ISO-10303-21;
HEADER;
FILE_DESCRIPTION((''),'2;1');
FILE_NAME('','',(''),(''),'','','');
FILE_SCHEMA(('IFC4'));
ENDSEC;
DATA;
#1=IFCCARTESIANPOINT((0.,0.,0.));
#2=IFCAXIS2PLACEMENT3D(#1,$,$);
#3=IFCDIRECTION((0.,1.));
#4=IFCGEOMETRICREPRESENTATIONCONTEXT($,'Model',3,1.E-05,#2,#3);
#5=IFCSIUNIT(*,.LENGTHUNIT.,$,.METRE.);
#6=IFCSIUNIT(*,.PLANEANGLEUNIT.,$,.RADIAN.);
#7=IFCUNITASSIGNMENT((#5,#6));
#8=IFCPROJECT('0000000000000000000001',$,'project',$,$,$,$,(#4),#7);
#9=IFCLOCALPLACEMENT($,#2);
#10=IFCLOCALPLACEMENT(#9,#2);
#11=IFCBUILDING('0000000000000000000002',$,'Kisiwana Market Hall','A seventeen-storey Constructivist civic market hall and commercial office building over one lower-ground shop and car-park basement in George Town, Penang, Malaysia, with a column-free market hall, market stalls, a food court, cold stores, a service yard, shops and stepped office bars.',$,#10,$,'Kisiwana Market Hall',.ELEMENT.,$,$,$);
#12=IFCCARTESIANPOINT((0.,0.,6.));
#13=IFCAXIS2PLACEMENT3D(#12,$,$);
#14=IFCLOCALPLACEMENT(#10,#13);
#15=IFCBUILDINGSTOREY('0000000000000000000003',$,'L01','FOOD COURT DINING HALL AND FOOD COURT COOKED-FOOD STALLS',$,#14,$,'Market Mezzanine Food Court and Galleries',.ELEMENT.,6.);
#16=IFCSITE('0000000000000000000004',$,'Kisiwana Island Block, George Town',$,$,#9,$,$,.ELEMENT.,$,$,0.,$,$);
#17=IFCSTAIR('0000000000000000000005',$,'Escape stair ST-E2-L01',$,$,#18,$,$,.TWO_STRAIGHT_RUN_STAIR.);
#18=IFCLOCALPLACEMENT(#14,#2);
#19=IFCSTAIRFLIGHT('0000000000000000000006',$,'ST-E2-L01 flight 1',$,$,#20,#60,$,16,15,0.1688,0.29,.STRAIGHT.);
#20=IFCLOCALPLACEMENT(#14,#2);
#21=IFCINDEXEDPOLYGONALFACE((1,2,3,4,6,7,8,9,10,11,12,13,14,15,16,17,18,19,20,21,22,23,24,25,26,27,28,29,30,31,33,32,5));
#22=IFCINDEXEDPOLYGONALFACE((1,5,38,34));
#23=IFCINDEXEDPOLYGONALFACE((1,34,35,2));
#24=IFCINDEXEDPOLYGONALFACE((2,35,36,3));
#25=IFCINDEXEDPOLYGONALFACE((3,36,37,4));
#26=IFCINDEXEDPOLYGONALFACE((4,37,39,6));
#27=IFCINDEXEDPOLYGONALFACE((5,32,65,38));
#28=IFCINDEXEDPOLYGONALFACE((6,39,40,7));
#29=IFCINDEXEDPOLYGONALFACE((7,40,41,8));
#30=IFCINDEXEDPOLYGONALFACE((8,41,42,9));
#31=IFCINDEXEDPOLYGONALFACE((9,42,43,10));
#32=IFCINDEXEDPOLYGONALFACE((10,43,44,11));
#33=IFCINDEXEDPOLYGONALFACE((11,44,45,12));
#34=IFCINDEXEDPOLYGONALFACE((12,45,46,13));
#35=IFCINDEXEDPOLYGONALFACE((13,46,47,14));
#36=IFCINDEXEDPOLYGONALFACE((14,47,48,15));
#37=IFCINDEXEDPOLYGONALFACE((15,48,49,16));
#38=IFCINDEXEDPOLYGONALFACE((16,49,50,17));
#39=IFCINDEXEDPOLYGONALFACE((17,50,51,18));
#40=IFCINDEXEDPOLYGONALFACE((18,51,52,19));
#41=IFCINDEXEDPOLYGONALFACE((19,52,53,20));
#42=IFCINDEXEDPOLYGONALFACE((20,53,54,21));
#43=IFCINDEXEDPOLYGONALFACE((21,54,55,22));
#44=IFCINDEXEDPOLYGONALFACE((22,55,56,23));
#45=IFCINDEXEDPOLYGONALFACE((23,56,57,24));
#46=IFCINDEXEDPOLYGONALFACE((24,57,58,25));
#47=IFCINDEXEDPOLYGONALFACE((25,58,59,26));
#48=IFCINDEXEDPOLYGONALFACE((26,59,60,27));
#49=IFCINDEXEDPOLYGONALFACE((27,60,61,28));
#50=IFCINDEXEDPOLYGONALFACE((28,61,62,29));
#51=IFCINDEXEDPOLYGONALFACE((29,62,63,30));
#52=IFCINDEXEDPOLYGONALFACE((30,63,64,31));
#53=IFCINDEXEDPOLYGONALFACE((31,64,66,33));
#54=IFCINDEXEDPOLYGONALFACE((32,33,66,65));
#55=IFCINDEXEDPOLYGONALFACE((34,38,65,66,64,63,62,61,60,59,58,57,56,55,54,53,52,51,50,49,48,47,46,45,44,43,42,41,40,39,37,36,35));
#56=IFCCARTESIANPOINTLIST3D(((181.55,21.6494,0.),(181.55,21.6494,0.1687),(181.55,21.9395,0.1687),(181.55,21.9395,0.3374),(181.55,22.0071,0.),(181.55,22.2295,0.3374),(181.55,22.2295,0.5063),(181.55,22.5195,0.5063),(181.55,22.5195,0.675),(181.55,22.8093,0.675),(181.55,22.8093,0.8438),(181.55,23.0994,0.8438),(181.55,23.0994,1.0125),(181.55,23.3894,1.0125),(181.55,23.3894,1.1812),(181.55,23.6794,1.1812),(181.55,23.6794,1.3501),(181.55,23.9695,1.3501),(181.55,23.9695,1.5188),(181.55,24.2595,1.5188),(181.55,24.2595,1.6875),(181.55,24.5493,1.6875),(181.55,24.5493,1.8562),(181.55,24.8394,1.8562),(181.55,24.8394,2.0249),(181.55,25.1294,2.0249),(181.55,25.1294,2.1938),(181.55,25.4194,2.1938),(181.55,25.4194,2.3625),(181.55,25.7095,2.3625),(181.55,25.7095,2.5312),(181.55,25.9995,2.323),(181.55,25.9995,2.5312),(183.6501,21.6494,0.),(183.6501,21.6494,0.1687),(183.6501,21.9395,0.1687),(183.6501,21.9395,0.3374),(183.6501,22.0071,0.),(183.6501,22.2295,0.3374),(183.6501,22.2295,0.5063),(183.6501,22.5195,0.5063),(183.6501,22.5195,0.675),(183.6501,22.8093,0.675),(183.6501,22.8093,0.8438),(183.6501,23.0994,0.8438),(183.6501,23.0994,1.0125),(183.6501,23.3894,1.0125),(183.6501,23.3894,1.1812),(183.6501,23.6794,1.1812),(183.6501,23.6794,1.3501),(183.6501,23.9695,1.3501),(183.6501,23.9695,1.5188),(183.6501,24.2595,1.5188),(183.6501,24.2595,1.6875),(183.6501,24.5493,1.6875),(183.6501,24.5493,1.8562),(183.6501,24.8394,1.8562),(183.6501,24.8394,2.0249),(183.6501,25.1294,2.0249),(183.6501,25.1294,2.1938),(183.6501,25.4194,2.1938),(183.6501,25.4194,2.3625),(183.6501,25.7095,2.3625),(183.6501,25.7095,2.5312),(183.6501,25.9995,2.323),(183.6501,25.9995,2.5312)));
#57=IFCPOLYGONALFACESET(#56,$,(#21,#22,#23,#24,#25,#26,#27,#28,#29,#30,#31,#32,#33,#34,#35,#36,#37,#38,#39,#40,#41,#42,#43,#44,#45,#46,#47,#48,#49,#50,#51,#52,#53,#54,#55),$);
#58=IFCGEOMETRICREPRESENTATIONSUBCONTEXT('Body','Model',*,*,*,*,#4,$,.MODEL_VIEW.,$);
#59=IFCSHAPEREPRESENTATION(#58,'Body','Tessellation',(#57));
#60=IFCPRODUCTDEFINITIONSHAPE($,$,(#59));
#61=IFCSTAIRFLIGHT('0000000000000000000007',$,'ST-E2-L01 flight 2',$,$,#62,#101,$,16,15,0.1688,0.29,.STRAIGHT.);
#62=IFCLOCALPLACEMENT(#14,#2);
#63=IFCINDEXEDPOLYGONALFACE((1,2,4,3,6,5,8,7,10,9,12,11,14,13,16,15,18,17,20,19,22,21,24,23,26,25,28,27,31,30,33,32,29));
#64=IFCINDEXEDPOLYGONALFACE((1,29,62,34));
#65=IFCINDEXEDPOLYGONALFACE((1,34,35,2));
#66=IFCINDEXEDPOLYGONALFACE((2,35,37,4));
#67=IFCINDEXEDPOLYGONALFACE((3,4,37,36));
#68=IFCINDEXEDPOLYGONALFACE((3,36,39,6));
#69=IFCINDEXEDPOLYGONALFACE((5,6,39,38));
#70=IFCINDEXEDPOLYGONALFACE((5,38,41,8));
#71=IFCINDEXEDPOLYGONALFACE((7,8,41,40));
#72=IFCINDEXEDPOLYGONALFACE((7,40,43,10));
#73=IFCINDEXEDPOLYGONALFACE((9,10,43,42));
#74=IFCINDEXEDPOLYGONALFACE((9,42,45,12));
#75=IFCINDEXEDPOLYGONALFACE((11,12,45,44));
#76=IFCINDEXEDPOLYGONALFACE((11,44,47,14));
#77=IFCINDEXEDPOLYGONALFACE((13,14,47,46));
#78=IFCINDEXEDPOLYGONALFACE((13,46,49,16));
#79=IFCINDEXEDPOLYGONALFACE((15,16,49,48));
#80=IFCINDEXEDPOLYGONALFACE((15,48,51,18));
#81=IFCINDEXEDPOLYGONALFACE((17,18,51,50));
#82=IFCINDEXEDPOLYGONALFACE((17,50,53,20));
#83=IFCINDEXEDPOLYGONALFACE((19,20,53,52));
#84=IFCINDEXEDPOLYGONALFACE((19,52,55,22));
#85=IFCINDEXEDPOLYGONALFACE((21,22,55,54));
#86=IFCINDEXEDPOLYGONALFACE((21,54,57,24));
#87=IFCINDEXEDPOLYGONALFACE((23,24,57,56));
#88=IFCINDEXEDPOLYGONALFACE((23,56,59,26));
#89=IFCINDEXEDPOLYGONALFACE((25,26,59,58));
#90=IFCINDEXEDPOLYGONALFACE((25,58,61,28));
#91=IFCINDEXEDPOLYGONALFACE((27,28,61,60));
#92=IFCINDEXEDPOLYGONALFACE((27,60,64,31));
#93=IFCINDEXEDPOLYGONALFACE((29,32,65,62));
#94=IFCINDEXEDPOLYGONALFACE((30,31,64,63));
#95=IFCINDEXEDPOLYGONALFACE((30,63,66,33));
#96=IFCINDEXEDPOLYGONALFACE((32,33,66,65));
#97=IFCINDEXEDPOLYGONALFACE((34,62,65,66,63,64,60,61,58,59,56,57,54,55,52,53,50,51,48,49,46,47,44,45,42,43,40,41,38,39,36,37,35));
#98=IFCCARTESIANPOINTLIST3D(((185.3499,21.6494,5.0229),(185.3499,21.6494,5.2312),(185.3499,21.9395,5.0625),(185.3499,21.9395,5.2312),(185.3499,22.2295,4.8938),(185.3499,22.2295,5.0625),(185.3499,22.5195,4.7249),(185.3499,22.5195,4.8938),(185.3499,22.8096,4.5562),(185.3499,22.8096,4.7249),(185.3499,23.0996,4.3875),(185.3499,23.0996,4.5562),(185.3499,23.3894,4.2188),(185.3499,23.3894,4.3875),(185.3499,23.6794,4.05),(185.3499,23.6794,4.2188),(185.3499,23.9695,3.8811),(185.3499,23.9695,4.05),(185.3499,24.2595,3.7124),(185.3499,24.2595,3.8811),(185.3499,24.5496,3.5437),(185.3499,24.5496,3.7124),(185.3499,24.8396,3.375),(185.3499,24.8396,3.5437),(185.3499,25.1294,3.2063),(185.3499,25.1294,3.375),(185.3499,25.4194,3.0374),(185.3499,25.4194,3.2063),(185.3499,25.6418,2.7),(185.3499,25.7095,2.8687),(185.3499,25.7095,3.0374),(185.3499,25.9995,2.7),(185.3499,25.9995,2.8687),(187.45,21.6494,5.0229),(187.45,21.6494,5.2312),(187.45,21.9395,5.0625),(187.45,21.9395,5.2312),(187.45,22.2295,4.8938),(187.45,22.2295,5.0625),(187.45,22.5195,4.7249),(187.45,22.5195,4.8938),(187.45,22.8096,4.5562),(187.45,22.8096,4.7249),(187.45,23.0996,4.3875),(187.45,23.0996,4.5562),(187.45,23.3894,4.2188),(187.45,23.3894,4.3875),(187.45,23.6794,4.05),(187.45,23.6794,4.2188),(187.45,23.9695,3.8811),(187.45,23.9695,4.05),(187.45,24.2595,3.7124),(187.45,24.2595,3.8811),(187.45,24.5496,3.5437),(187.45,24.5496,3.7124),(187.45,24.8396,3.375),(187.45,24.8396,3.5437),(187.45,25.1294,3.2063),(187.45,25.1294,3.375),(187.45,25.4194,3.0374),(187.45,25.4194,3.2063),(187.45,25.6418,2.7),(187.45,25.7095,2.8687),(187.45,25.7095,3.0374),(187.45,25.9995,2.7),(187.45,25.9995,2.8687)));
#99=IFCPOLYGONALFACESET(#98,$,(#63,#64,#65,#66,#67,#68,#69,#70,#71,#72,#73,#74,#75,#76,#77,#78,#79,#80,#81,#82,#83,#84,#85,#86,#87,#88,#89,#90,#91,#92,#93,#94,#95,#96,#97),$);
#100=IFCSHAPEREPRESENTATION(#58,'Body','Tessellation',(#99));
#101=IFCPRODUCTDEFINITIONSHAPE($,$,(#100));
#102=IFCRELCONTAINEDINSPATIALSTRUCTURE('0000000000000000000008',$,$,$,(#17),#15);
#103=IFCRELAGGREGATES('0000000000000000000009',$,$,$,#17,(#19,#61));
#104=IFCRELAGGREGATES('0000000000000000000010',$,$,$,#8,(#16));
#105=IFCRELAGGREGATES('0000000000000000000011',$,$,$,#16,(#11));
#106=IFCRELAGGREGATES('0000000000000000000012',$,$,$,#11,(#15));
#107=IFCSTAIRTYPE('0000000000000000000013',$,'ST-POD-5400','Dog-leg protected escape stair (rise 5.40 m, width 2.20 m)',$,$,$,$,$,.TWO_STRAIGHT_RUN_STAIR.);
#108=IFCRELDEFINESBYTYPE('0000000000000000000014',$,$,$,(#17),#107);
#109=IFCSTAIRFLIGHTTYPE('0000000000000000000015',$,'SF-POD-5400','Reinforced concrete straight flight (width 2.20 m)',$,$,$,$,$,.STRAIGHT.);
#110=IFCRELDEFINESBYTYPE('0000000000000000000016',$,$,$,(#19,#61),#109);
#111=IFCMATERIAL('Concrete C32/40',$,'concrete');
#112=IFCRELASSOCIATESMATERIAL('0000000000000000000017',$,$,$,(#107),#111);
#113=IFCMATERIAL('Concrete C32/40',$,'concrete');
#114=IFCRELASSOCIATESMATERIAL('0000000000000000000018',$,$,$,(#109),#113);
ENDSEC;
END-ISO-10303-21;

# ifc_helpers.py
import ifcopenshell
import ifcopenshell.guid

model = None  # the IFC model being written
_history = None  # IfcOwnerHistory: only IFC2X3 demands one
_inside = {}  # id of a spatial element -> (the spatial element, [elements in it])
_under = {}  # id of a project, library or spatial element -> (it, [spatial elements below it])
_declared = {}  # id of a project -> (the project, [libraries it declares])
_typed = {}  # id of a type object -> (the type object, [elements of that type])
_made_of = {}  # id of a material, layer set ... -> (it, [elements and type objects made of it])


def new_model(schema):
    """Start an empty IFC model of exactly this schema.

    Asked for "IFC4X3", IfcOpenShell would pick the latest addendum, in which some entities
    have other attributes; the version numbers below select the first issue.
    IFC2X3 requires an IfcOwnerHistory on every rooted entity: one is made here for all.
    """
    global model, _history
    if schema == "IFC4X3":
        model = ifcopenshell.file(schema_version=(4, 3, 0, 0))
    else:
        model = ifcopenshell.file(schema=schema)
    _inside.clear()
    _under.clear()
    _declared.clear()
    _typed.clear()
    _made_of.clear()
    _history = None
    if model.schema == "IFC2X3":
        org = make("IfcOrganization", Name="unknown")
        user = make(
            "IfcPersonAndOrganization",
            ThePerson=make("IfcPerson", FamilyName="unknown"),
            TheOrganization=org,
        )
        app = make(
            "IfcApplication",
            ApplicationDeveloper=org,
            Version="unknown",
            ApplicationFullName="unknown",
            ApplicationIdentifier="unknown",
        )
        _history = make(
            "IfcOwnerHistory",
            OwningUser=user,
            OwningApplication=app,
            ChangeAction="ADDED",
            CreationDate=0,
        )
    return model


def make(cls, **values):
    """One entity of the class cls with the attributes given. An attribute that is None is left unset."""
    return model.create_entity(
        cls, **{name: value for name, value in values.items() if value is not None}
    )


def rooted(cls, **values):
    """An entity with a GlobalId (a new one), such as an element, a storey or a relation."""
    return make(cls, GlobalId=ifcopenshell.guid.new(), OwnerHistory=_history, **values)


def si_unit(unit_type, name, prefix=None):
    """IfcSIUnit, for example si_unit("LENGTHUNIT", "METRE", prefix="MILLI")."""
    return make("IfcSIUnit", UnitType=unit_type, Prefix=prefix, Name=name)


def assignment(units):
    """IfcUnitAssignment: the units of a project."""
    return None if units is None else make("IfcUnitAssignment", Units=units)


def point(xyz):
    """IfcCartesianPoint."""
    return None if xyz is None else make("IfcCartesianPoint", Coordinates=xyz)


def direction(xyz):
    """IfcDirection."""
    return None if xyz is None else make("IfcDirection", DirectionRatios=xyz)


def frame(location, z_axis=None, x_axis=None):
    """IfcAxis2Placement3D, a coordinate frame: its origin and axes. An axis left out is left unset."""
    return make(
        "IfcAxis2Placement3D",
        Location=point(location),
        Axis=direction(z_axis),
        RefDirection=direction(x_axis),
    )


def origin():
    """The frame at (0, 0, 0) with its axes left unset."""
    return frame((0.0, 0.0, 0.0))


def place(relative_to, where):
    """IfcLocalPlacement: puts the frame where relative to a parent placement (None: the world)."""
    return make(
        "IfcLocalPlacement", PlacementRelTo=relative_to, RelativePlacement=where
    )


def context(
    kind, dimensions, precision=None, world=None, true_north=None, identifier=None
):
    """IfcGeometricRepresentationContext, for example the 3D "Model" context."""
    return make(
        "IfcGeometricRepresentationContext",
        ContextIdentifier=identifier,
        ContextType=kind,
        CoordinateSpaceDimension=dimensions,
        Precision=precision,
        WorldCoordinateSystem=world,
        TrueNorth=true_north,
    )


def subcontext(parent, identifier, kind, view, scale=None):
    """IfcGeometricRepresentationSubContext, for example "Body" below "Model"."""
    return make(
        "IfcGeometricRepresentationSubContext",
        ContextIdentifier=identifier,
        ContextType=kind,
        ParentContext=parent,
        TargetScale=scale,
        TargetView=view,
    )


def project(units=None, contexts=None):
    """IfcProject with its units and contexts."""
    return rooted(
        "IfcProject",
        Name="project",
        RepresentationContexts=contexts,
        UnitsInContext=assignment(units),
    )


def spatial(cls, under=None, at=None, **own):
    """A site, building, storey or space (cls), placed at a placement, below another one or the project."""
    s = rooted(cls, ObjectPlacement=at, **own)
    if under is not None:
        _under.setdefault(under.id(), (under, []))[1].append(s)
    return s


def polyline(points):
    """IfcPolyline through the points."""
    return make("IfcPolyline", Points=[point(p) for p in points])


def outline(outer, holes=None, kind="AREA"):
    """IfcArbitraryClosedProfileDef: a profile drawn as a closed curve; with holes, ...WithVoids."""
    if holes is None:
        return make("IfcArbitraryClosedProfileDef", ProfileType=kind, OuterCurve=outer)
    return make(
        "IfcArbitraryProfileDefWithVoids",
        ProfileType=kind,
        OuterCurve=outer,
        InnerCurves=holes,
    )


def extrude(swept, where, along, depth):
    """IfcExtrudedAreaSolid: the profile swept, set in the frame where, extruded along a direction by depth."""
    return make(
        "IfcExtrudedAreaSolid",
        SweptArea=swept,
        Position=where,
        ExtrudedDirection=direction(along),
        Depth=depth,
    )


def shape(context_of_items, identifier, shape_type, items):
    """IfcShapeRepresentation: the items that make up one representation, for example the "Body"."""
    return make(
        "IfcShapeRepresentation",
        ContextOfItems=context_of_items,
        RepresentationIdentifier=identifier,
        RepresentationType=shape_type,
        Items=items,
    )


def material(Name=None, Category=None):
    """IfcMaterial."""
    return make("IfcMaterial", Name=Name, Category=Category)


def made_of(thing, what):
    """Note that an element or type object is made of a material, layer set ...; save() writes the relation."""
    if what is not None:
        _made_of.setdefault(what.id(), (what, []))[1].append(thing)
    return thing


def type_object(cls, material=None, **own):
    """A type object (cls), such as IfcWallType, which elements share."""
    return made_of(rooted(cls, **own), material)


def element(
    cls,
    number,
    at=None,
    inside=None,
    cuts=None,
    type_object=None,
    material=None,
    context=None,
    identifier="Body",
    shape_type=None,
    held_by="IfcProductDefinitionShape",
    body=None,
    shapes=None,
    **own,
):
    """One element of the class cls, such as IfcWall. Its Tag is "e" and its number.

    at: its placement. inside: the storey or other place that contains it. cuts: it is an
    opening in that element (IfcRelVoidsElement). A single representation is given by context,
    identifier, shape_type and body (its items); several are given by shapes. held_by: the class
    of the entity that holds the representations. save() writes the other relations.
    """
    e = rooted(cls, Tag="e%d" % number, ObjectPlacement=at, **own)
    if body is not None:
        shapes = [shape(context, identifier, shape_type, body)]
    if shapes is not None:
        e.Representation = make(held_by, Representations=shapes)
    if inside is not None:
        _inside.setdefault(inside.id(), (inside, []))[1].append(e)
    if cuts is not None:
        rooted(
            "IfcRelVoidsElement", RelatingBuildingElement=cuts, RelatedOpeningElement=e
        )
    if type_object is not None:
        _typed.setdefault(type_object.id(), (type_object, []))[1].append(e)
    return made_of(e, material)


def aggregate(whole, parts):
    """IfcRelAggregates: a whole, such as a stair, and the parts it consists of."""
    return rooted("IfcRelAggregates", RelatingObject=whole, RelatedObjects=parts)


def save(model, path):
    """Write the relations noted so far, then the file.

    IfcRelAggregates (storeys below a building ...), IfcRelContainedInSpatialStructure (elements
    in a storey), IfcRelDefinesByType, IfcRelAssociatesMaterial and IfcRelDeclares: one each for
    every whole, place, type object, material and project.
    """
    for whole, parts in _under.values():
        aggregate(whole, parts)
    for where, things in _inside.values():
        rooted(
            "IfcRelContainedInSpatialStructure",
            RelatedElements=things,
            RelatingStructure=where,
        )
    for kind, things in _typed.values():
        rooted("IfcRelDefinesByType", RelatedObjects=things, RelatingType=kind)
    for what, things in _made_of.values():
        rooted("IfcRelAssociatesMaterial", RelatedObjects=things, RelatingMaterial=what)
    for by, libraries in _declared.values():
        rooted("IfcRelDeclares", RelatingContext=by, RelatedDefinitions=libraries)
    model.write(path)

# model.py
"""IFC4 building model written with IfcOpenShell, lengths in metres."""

from ifc_helpers import new_model, si_unit, direction, frame, origin, place, context, subcontext, project, spatial, polyline, outline, extrude, material, type_object, element, aggregate, save


model = new_model("IFC4")

# Units and contexts
model_context = context("Model", 3, precision=1e-05, world=origin(), true_north=direction((0.0, 1.0)))
body_context = subcontext(model_context, "Body", "Model", "MODEL_VIEW")
ifc_project = project(units=[si_unit("LENGTHUNIT", "METRE"), si_unit("PLANEANGLEUNIT", "RADIAN")], contexts=[model_context])

# Site, building, storey
site_placement = place(None, origin())
site = spatial("IfcSite", under=ifc_project, at=site_placement, Name="Kisiwana Island Block, George Town", CompositionType="ELEMENT", RefElevation=0.0)
building_placement = place(site_placement, origin())
building = spatial("IfcBuilding", under=site, at=building_placement, Name="Kisiwana Market Hall", Description="A seventeen-storey Constructivist civic market hall and commercial office building over one lower-ground shop and car-park basement in George Town, Penang, Malaysia, with a column-free market hall, market stalls, a food court, cold stores, a service yard, shops and stepped office bars.", LongName="Kisiwana Market Hall", CompositionType="ELEMENT")
storey_placement = place(building_placement, frame((0.0, 0.0, 6.0)))
storey = spatial("IfcBuildingStorey", under=building, at=storey_placement, Name="L01", Description="FOOD COURT DINING HALL AND FOOD COURT COOKED-FOOD STALLS", LongName="Market Mezzanine Food Court and Galleries", CompositionType="ELEMENT", Elevation=6.0)

# Stair, stair flights
ifc_material_1 = material(Name="Concrete C32/40", Category="concrete")
stair_type = type_object("IfcStairType", Name="ST-POD-5400", Description="Dog-leg protected escape stair (rise 5.40 m, width 2.20 m)", PredefinedType="TWO_STRAIGHT_RUN_STAIR", material=ifc_material_1)
stair_placement = place(storey_placement, origin())
stair = element("IfcStair", 1, at=stair_placement, inside=storey, type_object=stair_type, Name="Escape stair ST-E2-L01", PredefinedType="TWO_STRAIGHT_RUN_STAIR")
ifc_material_2 = material(Name="Concrete C32/40", Category="concrete")
stair_flight_type = type_object("IfcStairFlightType", Name="SF-POD-5400", Description="Reinforced concrete straight flight (width 2.20 m)", PredefinedType="STRAIGHT", material=ifc_material_2)
stair_flight_1_placement = place(storey_placement, frame((182.6001, 21.6494, 0.0), z_axis=(0.0, 0.0, 1.0), x_axis=(0.0, 1.0, 0.0)))
stair_flight_1 = element("IfcStairFlight", 2, at=stair_flight_1_placement, type_object=stair_flight_type, Name="ST-E2-L01 flight 1", NumberOfRisers=16, NumberOfTreads=15, PredefinedType="STRAIGHT", RiserHeight=0.1688, TreadLength=0.29, context=body_context, shape_type="SweptSolid", body=[
    extrude(outline(polyline([(0.0, 0.0), (0.0, 0.1687), (0.29, 0.1687), (0.29, 0.3374), (0.5801, 0.3374), (0.5801, 0.5063), (0.8701, 0.5063), (0.8701, 0.675), (1.1599, 0.675), (1.1599, 0.8438), (1.45, 0.8438), (1.45, 1.0125), (1.74, 1.0125), (1.74, 1.1812), (2.03, 1.1812), (2.03, 1.3501), (2.3201, 1.3501), (2.3201, 1.5188), (2.6101, 1.5188), (2.6101, 1.6875), (2.8999, 1.6875), (2.8999, 1.8562), (3.1899, 1.8562), (3.1899, 2.0249), (3.48, 2.0249), (3.48, 2.1938), (3.77, 2.1938), (3.77, 2.3625), (4.0601, 2.3625), (4.0601, 2.5312), (4.3501, 2.5312), (4.3501, 2.7), (4.3501, 2.323), (0.3577, 0.0), (0.0, 0.0)])), frame((0.0, 1.05, 0.0), z_axis=(0.0, -1.0, 0.0), x_axis=(1.0, 0.0, 0.0)), (0.0, 0.0, 1.0), 2.1001),
])
stair_flight_2_placement = place(storey_placement, frame((186.3999, 25.9995, 2.7), z_axis=(0.0, 0.0, 1.0), x_axis=(0.0, -1.0, 0.0)))
stair_flight_2 = element("IfcStairFlight", 3, at=stair_flight_2_placement, type_object=stair_flight_type, Name="ST-E2-L01 flight 2", NumberOfRisers=16, NumberOfTreads=15, PredefinedType="STRAIGHT", RiserHeight=0.1688, TreadLength=0.29, context=body_context, shape_type="SweptSolid", body=[
    extrude(outline(polyline([(0.0, 0.0), (0.0, 0.1687), (0.29, 0.1687), (0.29, 0.3374), (0.5801, 0.3374), (0.5801, 0.5063), (0.8701, 0.5063), (0.8701, 0.675), (1.1599, 0.675), (1.1599, 0.8438), (1.45, 0.8438), (1.45, 1.0125), (1.74, 1.0125), (1.74, 1.1812), (2.03, 1.1812), (2.03, 1.3501), (2.3201, 1.3501), (2.3201, 1.5188), (2.6101, 1.5188), (2.6101, 1.6875), (2.8999, 1.6875), (2.8999, 1.8562), (3.1899, 1.8562), (3.1899, 2.0249), (3.48, 2.0249), (3.48, 2.1938), (3.77, 2.1938), (3.77, 2.3625), (4.0601, 2.3625), (4.0601, 2.5312), (4.3501, 2.5312), (4.3501, 2.7), (4.3501, 2.323), (0.3577, 0.0), (0.0, 0.0)])), frame((0.0, 1.05, 0.0), z_axis=(0.0, -1.0, 0.0), x_axis=(1.0, 0.0, 0.0)), (0.0, 0.0, 1.0), 2.1001),
])
aggregate(stair, [stair_flight_1, stair_flight_2])

save(model, "model.ifc")
